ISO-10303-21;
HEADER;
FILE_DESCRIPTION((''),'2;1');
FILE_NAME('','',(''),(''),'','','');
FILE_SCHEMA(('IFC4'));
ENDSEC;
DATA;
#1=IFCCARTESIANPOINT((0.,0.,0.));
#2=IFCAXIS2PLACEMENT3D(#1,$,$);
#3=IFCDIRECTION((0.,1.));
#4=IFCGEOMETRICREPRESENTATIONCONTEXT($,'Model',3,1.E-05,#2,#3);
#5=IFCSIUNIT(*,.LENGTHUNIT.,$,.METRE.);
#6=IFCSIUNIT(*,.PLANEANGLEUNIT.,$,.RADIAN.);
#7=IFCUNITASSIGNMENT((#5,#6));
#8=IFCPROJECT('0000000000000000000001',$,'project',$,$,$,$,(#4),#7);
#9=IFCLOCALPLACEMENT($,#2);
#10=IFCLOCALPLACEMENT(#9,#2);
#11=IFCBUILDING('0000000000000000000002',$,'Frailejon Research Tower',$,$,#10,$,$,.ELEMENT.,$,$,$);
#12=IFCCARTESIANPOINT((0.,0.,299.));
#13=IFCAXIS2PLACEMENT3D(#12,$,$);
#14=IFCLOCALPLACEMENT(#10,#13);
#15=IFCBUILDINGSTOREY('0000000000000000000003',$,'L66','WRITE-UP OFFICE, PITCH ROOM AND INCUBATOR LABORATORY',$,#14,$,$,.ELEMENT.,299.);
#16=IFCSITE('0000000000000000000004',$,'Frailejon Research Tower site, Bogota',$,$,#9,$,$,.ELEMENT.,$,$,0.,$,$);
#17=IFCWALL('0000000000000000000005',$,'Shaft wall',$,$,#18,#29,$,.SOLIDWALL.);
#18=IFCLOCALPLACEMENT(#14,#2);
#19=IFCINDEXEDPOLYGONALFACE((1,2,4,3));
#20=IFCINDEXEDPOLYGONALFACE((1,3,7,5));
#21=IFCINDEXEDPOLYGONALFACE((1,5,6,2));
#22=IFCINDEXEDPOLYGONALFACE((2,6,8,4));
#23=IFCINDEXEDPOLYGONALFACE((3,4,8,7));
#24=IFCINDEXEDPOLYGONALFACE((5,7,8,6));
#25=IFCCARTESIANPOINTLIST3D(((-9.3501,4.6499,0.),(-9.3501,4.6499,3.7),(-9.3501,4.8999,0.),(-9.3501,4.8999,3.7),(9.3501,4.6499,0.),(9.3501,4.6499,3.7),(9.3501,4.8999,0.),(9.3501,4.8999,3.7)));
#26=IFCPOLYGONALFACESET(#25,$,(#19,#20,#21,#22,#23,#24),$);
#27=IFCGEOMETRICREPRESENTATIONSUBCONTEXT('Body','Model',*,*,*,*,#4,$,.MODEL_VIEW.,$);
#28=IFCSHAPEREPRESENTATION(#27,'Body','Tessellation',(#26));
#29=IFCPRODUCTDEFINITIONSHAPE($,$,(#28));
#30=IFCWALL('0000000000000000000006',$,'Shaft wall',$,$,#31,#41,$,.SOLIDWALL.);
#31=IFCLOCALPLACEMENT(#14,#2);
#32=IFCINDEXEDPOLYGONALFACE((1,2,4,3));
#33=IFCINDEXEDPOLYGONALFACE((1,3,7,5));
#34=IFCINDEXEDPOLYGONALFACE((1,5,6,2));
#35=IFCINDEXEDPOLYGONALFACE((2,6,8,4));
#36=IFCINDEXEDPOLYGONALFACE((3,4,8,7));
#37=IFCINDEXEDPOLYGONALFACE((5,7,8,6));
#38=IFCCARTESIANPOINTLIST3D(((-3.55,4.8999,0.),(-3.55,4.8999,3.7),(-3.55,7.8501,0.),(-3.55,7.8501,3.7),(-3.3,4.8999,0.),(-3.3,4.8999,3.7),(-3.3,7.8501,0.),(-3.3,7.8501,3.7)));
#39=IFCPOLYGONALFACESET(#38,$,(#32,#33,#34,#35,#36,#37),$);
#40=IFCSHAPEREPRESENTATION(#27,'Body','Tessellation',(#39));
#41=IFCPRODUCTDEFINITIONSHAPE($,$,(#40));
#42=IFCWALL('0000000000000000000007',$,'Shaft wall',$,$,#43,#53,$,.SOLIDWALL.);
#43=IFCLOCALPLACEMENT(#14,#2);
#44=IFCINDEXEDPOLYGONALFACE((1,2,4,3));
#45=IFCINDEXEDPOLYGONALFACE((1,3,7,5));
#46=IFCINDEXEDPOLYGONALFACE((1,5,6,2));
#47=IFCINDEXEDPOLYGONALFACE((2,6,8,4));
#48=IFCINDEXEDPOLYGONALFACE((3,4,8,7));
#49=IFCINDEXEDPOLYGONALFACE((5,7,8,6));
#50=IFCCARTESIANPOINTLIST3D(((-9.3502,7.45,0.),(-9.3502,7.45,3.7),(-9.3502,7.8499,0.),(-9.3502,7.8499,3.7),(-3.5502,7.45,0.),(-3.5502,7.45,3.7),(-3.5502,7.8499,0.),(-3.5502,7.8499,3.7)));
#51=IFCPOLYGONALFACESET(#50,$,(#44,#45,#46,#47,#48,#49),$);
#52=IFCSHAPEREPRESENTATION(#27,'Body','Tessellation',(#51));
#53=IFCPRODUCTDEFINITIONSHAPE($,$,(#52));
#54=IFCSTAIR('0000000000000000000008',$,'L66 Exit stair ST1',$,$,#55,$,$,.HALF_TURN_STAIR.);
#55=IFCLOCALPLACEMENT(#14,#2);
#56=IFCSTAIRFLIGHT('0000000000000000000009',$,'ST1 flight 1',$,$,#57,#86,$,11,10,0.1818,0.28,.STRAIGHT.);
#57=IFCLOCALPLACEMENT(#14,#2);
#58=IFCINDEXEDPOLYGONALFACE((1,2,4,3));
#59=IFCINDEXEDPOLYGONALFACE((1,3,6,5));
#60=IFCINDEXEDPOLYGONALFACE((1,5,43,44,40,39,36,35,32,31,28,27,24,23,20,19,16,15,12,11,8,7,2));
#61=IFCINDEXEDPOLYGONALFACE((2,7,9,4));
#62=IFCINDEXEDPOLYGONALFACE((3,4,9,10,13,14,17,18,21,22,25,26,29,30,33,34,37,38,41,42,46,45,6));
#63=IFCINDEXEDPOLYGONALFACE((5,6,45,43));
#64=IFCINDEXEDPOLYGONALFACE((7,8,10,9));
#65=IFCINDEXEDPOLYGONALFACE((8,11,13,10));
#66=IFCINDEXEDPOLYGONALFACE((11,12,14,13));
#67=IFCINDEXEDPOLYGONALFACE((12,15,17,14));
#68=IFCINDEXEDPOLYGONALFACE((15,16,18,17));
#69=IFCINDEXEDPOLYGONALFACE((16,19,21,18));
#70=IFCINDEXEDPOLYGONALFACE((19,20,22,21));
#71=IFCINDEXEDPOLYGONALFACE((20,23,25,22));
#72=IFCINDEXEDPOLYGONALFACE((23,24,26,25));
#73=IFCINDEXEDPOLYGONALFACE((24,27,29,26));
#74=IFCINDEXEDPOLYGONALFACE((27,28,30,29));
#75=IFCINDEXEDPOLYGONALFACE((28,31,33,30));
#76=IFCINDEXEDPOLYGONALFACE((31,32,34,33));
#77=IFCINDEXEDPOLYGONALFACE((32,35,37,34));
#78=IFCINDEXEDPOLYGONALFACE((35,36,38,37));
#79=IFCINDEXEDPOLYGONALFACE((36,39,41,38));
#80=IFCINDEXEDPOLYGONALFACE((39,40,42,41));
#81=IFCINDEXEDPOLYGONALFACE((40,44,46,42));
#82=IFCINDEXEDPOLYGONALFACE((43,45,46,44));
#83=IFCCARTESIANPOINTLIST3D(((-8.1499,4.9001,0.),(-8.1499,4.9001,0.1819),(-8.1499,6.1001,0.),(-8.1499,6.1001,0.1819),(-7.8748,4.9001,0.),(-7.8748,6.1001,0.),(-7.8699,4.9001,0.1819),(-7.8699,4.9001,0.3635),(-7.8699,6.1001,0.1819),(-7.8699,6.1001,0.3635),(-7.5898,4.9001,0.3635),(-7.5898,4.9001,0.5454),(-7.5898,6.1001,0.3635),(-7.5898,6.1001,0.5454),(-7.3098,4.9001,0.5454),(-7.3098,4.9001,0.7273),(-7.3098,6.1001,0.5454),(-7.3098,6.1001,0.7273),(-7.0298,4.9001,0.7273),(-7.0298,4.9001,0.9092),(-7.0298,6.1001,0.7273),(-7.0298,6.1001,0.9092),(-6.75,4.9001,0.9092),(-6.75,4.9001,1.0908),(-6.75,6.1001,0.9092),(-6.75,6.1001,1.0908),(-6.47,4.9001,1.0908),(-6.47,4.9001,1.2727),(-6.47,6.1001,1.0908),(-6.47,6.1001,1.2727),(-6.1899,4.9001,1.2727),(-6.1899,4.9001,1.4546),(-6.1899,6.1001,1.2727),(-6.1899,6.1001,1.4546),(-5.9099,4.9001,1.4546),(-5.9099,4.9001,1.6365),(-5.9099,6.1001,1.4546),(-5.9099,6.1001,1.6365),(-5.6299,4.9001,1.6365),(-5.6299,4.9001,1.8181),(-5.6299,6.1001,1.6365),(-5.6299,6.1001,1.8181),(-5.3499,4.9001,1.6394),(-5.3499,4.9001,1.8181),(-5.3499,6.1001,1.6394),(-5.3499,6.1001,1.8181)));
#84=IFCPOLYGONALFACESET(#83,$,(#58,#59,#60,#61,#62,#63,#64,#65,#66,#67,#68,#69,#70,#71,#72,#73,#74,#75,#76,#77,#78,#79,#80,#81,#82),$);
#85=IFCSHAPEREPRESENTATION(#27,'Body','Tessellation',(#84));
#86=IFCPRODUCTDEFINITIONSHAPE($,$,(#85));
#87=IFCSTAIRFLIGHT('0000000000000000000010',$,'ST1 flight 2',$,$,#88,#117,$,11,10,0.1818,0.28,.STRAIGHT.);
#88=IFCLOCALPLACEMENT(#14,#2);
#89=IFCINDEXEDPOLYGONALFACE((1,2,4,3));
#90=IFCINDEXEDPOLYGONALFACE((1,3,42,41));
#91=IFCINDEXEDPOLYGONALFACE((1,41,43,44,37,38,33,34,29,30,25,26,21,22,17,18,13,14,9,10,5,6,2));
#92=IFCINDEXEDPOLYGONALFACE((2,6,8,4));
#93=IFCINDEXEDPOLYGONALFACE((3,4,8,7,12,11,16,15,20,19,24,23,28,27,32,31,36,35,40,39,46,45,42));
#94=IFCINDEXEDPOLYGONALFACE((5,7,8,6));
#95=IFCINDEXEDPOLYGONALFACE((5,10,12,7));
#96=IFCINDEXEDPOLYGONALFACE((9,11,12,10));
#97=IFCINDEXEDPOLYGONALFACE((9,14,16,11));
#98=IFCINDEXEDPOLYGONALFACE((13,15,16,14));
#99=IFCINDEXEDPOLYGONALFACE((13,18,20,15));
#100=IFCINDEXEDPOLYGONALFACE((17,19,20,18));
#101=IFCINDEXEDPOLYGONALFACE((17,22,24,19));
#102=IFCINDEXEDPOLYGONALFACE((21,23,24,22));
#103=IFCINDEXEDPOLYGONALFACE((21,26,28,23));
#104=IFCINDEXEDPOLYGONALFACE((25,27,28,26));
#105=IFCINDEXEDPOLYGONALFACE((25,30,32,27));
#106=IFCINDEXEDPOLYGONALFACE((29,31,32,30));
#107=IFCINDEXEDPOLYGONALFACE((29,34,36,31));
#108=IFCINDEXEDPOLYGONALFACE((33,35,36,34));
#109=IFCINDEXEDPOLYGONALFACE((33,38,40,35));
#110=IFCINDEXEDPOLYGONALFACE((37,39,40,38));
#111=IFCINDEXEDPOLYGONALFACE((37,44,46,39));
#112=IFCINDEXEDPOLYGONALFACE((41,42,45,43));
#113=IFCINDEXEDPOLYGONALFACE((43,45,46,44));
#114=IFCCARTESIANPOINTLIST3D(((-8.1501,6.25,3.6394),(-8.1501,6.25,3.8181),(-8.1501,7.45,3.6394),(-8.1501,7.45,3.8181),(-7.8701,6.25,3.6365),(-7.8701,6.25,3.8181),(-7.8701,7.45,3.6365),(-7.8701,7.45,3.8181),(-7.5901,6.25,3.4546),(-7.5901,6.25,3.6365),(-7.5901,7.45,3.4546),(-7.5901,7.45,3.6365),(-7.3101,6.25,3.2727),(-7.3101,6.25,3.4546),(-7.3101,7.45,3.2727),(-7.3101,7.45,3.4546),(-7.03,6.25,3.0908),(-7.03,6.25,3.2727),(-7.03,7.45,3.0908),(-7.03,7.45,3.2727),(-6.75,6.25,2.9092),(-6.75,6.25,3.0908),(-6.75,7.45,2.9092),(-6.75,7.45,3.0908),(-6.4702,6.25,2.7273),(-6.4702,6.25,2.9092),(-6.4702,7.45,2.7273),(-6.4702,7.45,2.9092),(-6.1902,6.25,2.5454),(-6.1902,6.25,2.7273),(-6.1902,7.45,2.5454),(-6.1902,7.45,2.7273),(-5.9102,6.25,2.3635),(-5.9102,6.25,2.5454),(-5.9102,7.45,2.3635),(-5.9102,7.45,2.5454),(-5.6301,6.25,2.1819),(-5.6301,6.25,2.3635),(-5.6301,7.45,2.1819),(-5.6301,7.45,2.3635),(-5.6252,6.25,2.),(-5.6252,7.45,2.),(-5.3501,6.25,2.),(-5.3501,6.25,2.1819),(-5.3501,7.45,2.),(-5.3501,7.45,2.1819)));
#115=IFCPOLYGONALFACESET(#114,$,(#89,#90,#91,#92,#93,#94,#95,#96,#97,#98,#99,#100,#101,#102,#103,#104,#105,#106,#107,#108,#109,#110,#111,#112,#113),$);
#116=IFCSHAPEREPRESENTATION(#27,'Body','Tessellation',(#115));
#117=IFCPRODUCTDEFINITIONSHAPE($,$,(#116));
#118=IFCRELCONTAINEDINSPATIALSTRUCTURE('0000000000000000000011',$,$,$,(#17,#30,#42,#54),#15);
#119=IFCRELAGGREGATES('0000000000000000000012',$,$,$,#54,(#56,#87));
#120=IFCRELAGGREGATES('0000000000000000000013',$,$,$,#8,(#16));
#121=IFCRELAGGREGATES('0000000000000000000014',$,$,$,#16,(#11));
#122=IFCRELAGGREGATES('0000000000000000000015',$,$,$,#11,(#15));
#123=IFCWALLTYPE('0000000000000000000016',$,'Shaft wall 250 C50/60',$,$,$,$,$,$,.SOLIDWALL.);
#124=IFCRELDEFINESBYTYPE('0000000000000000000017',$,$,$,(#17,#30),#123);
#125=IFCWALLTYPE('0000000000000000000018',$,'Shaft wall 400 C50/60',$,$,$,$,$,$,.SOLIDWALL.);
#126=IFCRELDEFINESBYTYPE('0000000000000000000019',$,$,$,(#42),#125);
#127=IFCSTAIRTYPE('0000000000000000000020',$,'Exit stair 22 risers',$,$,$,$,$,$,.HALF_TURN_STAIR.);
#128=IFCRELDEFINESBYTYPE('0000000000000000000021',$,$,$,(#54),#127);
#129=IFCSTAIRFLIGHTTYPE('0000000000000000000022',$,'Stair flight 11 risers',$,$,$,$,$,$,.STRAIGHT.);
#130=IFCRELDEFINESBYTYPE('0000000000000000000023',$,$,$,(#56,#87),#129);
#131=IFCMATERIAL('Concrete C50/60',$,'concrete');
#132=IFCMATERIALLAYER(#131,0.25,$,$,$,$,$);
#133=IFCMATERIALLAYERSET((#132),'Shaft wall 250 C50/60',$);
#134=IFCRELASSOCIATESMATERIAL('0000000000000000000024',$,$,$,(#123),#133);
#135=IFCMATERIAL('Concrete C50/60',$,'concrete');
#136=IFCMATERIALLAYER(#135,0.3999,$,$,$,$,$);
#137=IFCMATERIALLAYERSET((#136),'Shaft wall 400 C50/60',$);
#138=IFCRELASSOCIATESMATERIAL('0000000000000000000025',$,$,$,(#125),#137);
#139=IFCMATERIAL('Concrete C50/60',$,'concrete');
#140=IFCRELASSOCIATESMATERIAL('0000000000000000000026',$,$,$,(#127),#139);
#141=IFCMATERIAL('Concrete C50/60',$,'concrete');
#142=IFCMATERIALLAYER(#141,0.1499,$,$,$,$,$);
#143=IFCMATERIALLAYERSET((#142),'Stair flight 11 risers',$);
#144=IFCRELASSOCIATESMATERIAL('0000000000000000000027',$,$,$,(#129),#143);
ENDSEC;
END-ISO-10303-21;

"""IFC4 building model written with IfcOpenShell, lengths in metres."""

from ifc_helpers import new_model, si_unit, direction, frame, frame_2d, origin, place, context, subcontext, project, spatial, polyline, rectangle, outline, extrude, material, layer, layer_set, type_object, element, aggregate, save


model = new_model("IFC4")

# Units and contexts
model_context = context("Model", 3, precision=1e-05, world=origin(), true_north=direction((0.0, 1.0)))
body_context = subcontext(model_context, "Body", "Model", "MODEL_VIEW")
ifc_project = project(units=[si_unit("LENGTHUNIT", "METRE"), si_unit("PLANEANGLEUNIT", "RADIAN")], contexts=[model_context])

# Site, building, storey
site_placement = place(None, origin())
site = spatial("IfcSite", under=ifc_project, at=site_placement, Name="Frailejon Research Tower site, Bogota", CompositionType="ELEMENT", RefElevation=0.0)
building_placement = place(site_placement, origin())
building = spatial("IfcBuilding", under=site, at=building_placement, Name="Frailejon Research Tower", CompositionType="ELEMENT")
storey_placement = place(building_placement, frame((0.0, 0.0, 299.0)))
storey = spatial("IfcBuildingStorey", under=building, at=storey_placement, Name="L66", Description="WRITE-UP OFFICE, PITCH ROOM AND INCUBATOR LABORATORY", CompositionType="ELEMENT", Elevation=299.0)

# Shared definitions
ifc_material_1 = material(Name="Concrete C50/60", Category="concrete")
ifc_layer_1 = layer(ifc_material_1, 0.25)
ifc_layer_set_1 = layer_set([ifc_layer_1], Name="Shaft wall 250 C50/60")
wall_type_1 = type_object("IfcWallType", Name="Shaft wall 250 C50/60", PredefinedType="SOLIDWALL", material=ifc_layer_set_1)

# Walls
wall_1_placement = place(storey_placement, frame((-9.3501, 4.7749, 0.0), z_axis=(0.0, 0.0, 1.0), x_axis=(1.0, 0.0, 0.0)))
element("IfcWall", 1, at=wall_1_placement, inside=storey, type_object=wall_type_1, Name="Shaft wall", PredefinedType="SOLIDWALL", context=body_context, shape_type="SweptSolid", body=[
    extrude(rectangle(XDim=18.7002, YDim=0.25, at=frame_2d((9.3501, 0.0))), origin(), (0.0, 0.0, 1.0), 3.7),
])
wall_2_placement = place(storey_placement, frame((-3.425, 4.8999, 0.0), z_axis=(0.0, 0.0, 1.0), x_axis=(0.0, 1.0, 0.0)))
element("IfcWall", 2, at=wall_2_placement, inside=storey, type_object=wall_type_1, Name="Shaft wall", PredefinedType="SOLIDWALL", context=body_context, shape_type="SweptSolid", body=[
    extrude(rectangle(XDim=2.9502, YDim=0.25, at=frame_2d((1.4751, 0.0))), origin(), (0.0, 0.0, 1.0), 3.7),
])
ifc_material_2 = material(Name="Concrete C50/60", Category="concrete")
ifc_layer_2 = layer(ifc_material_2, 0.3999)
ifc_layer_set_2 = layer_set([ifc_layer_2], Name="Shaft wall 400 C50/60")
wall_type_2 = type_object("IfcWallType", Name="Shaft wall 400 C50/60", PredefinedType="SOLIDWALL", material=ifc_layer_set_2)
wall_3_placement = place(storey_placement, frame((-9.3501, 7.6499, 0.0), z_axis=(0.0, 0.0, 1.0), x_axis=(1.0, 0.0, 0.0)))
element("IfcWall", 3, at=wall_3_placement, inside=storey, type_object=wall_type_2, Name="Shaft wall", PredefinedType="SOLIDWALL", context=body_context, shape_type="SweptSolid", body=[
    extrude(rectangle(XDim=5.8, YDim=0.3999, at=frame_2d((2.8999, 0.0))), origin(), (0.0, 0.0, 1.0), 3.7),
])

# Stair, stair flights
ifc_material_3 = material(Name="Concrete C50/60", Category="concrete")
stair_type = type_object("IfcStairType", Name="Exit stair 22 risers", PredefinedType="HALF_TURN_STAIR", material=ifc_material_3)
stair_placement = place(storey_placement, origin())
stair = element("IfcStair", 4, at=stair_placement, inside=storey, type_object=stair_type, Name="L66 Exit stair ST1", PredefinedType="HALF_TURN_STAIR")
ifc_material_4 = material(Name="Concrete C50/60", Category="concrete")
ifc_layer_3 = layer(ifc_material_4, 0.1499)
ifc_layer_set_3 = layer_set([ifc_layer_3], Name="Stair flight 11 risers")
stair_flight_type = type_object("IfcStairFlightType", Name="Stair flight 11 risers", PredefinedType="STRAIGHT", material=ifc_layer_set_3)
stair_flight_1_placement = place(storey_placement, frame((-8.1499, 5.5, 0.0), z_axis=(0.0, 0.0, 1.0), x_axis=(1.0, 0.0, 0.0)))
stair_flight_1 = element("IfcStairFlight", 5, at=stair_flight_1_placement, type_object=stair_flight_type, Name="ST1 flight 1", NumberOfRisers=11, NumberOfTreads=10, PredefinedType="STRAIGHT", RiserHeight=0.1818, TreadLength=0.28, context=body_context, shape_type="SweptSolid", body=[
    extrude(outline(polyline([(0.0, 0.0), (0.0, 0.1819), (0.28, 0.1819), (0.28, 0.3635), (0.5601, 0.3635), (0.5601, 0.5454), (0.8401, 0.5454), (0.8401, 0.7273), (1.1201, 0.7273), (1.1201, 0.9092), (1.3999, 0.9092), (1.3999, 1.0908), (1.6799, 1.0908), (1.6799, 1.2727), (1.96, 1.2727), (1.96, 1.4546), (2.24, 1.4546), (2.24, 1.6365), (2.52, 1.6365), (2.52, 1.8181), (2.8, 1.8181), (2.8, 2.0), (2.8, 1.6394), (0.2751, 0.0), (0.0, 0.0)])), frame((0.0, 0.6001, 0.0), z_axis=(0.0, -1.0, 0.0), x_axis=(1.0, 0.0, 0.0)), (0.0, 0.0, 1.0), 1.2),
])
stair_flight_2_placement = place(storey_placement, frame((-5.3501, 6.8501, 2.0), z_axis=(0.0, 0.0, 1.0), x_axis=(-1.0, 0.0, 0.0)))
stair_flight_2 = element("IfcStairFlight", 6, at=stair_flight_2_placement, type_object=stair_flight_type, Name="ST1 flight 2", NumberOfRisers=11, NumberOfTreads=10, PredefinedType="STRAIGHT", RiserHeight=0.1818, TreadLength=0.28, context=body_context, shape_type="SweptSolid", body=[
    extrude(outline(polyline([(0.0, 0.0), (0.0, 0.1819), (0.28, 0.1819), (0.28, 0.3635), (0.5601, 0.3635), (0.5601, 0.5454), (0.8401, 0.5454), (0.8401, 0.7273), (1.1201, 0.7273), (1.1201, 0.9092), (1.3999, 0.9092), (1.3999, 1.0908), (1.6799, 1.0908), (1.6799, 1.2727), (1.96, 1.2727), (1.96, 1.4546), (2.24, 1.4546), (2.24, 1.6365), (2.52, 1.6365), (2.52, 1.8181), (2.8, 1.8181), (2.8, 2.0), (2.8, 1.6394), (0.2751, 0.0), (0.0, 0.0)])), frame((0.0, 0.6001, 0.0), z_axis=(0.0, -1.0, 0.0), x_axis=(1.0, 0.0, 0.0)), (0.0, 0.0, 1.0), 1.2),
])
aggregate(stair, [stair_flight_1, stair_flight_2])

save(model, "model.ifc")
